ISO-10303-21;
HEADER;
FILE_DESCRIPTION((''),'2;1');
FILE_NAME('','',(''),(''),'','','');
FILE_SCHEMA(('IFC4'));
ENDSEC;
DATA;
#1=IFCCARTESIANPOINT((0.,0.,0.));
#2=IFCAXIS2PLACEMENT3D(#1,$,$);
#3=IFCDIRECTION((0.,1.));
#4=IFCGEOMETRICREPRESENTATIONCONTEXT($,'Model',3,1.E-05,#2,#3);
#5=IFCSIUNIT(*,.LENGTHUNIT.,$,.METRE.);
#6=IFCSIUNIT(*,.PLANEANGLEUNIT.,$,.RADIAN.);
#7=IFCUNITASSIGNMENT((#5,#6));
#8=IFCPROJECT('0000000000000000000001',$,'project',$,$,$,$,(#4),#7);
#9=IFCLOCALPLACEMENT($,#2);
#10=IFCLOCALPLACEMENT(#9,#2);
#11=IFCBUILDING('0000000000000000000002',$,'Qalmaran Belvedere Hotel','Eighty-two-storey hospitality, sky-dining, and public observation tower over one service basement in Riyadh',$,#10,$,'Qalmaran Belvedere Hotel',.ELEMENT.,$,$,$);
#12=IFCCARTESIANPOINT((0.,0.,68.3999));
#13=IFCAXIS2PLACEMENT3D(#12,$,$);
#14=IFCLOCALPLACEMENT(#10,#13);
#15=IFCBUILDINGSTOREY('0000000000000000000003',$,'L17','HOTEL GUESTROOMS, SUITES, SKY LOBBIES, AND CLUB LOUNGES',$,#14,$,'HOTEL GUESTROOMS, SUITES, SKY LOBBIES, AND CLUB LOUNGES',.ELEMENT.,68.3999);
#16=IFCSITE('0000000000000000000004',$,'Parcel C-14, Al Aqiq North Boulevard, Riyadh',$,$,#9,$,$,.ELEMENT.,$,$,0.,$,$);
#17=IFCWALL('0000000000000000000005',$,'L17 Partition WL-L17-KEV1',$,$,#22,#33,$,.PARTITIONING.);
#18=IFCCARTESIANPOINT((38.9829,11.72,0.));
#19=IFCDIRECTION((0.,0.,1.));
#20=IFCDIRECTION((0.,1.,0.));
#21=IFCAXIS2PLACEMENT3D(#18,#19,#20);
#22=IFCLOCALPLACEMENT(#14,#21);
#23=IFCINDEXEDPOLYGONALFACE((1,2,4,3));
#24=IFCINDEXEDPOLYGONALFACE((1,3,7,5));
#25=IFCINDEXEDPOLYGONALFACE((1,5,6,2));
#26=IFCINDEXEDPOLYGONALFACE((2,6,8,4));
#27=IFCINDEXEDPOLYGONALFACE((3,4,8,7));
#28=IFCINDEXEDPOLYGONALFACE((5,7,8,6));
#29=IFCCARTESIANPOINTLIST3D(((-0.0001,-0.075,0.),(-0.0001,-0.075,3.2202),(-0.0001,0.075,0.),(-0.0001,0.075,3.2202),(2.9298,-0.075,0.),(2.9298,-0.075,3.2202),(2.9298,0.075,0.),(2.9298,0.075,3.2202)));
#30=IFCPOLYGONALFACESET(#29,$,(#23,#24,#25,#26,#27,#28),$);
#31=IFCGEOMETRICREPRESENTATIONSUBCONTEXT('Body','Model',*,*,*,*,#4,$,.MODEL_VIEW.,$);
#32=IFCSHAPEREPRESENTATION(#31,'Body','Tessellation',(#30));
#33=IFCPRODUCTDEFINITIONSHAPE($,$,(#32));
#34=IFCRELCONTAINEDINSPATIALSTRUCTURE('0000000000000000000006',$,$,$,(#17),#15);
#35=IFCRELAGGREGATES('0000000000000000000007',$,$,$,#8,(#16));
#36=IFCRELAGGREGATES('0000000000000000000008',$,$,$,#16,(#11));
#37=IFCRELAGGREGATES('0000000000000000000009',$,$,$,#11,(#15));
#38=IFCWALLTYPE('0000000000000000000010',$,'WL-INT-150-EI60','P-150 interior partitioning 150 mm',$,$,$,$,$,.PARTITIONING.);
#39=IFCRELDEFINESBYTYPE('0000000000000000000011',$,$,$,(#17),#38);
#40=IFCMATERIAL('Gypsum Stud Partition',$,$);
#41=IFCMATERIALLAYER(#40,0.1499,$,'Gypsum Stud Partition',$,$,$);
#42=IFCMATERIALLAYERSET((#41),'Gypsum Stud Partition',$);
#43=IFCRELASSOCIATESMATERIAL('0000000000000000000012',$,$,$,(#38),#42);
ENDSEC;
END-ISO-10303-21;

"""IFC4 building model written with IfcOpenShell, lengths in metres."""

from ifc_helpers import new_model, si_unit, direction, frame, frame_2d, origin, place, context, subcontext, project, spatial, rectangle, extrude, material, layer, layer_set, type_object, element, save


model = new_model("IFC4")

# Units and contexts
model_context = context("Model", 3, precision=1e-05, world=origin(), true_north=direction((0.0, 1.0)))
body_context = subcontext(model_context, "Body", "Model", "MODEL_VIEW")
ifc_project = project(units=[si_unit("LENGTHUNIT", "METRE"), si_unit("PLANEANGLEUNIT", "RADIAN")], contexts=[model_context])

# Site, building, storey
site_placement = place(None, origin())
site = spatial("IfcSite", under=ifc_project, at=site_placement, Name="Parcel C-14, Al Aqiq North Boulevard, Riyadh", CompositionType="ELEMENT", RefElevation=0.0)
building_placement = place(site_placement, origin())
building = spatial("IfcBuilding", under=site, at=building_placement, Name="Qalmaran Belvedere Hotel", Description="Eighty-two-storey hospitality, sky-dining, and public observation tower over one service basement in Riyadh", LongName="Qalmaran Belvedere Hotel", CompositionType="ELEMENT")
storey_placement = place(building_placement, frame((0.0, 0.0, 68.3999)))
storey = spatial("IfcBuildingStorey", under=building, at=storey_placement, Name="L17", Description="HOTEL GUESTROOMS, SUITES, SKY LOBBIES, AND CLUB LOUNGES", LongName="HOTEL GUESTROOMS, SUITES, SKY LOBBIES, AND CLUB LOUNGES", CompositionType="ELEMENT", Elevation=68.3999)

# Wall
ifc_material_1 = material(Name="Gypsum Stud Partition")
ifc_layer_1 = layer(ifc_material_1, 0.1499, Name="Gypsum Stud Partition")
ifc_layer_set_1 = layer_set([ifc_layer_1], Name="Gypsum Stud Partition")
wall_type_1 = type_object("IfcWallType", Name="WL-INT-150-EI60", Description="P-150 interior partitioning 150 mm", PredefinedType="PARTITIONING", material=ifc_layer_set_1)
wall_1_placement = place(storey_placement, frame((38.9829, 11.72, 0.0), z_axis=(0.0, 0.0, 1.0), x_axis=(0.0, 1.0, 0.0)))
element("IfcWall", 1, at=wall_1_placement, inside=storey, type_object=wall_type_1, Name="L17 Partition WL-L17-KEV1", PredefinedType="PARTITIONING", context=body_context, shape_type="SweptSolid", body=[
    extrude(rectangle(XDim=2.9299, YDim=0.1499, at=frame_2d((1.4648, 0.0))), origin(), (0.0, 0.0, 1.0), 3.2202),
])

save(model, "model.ifc")
